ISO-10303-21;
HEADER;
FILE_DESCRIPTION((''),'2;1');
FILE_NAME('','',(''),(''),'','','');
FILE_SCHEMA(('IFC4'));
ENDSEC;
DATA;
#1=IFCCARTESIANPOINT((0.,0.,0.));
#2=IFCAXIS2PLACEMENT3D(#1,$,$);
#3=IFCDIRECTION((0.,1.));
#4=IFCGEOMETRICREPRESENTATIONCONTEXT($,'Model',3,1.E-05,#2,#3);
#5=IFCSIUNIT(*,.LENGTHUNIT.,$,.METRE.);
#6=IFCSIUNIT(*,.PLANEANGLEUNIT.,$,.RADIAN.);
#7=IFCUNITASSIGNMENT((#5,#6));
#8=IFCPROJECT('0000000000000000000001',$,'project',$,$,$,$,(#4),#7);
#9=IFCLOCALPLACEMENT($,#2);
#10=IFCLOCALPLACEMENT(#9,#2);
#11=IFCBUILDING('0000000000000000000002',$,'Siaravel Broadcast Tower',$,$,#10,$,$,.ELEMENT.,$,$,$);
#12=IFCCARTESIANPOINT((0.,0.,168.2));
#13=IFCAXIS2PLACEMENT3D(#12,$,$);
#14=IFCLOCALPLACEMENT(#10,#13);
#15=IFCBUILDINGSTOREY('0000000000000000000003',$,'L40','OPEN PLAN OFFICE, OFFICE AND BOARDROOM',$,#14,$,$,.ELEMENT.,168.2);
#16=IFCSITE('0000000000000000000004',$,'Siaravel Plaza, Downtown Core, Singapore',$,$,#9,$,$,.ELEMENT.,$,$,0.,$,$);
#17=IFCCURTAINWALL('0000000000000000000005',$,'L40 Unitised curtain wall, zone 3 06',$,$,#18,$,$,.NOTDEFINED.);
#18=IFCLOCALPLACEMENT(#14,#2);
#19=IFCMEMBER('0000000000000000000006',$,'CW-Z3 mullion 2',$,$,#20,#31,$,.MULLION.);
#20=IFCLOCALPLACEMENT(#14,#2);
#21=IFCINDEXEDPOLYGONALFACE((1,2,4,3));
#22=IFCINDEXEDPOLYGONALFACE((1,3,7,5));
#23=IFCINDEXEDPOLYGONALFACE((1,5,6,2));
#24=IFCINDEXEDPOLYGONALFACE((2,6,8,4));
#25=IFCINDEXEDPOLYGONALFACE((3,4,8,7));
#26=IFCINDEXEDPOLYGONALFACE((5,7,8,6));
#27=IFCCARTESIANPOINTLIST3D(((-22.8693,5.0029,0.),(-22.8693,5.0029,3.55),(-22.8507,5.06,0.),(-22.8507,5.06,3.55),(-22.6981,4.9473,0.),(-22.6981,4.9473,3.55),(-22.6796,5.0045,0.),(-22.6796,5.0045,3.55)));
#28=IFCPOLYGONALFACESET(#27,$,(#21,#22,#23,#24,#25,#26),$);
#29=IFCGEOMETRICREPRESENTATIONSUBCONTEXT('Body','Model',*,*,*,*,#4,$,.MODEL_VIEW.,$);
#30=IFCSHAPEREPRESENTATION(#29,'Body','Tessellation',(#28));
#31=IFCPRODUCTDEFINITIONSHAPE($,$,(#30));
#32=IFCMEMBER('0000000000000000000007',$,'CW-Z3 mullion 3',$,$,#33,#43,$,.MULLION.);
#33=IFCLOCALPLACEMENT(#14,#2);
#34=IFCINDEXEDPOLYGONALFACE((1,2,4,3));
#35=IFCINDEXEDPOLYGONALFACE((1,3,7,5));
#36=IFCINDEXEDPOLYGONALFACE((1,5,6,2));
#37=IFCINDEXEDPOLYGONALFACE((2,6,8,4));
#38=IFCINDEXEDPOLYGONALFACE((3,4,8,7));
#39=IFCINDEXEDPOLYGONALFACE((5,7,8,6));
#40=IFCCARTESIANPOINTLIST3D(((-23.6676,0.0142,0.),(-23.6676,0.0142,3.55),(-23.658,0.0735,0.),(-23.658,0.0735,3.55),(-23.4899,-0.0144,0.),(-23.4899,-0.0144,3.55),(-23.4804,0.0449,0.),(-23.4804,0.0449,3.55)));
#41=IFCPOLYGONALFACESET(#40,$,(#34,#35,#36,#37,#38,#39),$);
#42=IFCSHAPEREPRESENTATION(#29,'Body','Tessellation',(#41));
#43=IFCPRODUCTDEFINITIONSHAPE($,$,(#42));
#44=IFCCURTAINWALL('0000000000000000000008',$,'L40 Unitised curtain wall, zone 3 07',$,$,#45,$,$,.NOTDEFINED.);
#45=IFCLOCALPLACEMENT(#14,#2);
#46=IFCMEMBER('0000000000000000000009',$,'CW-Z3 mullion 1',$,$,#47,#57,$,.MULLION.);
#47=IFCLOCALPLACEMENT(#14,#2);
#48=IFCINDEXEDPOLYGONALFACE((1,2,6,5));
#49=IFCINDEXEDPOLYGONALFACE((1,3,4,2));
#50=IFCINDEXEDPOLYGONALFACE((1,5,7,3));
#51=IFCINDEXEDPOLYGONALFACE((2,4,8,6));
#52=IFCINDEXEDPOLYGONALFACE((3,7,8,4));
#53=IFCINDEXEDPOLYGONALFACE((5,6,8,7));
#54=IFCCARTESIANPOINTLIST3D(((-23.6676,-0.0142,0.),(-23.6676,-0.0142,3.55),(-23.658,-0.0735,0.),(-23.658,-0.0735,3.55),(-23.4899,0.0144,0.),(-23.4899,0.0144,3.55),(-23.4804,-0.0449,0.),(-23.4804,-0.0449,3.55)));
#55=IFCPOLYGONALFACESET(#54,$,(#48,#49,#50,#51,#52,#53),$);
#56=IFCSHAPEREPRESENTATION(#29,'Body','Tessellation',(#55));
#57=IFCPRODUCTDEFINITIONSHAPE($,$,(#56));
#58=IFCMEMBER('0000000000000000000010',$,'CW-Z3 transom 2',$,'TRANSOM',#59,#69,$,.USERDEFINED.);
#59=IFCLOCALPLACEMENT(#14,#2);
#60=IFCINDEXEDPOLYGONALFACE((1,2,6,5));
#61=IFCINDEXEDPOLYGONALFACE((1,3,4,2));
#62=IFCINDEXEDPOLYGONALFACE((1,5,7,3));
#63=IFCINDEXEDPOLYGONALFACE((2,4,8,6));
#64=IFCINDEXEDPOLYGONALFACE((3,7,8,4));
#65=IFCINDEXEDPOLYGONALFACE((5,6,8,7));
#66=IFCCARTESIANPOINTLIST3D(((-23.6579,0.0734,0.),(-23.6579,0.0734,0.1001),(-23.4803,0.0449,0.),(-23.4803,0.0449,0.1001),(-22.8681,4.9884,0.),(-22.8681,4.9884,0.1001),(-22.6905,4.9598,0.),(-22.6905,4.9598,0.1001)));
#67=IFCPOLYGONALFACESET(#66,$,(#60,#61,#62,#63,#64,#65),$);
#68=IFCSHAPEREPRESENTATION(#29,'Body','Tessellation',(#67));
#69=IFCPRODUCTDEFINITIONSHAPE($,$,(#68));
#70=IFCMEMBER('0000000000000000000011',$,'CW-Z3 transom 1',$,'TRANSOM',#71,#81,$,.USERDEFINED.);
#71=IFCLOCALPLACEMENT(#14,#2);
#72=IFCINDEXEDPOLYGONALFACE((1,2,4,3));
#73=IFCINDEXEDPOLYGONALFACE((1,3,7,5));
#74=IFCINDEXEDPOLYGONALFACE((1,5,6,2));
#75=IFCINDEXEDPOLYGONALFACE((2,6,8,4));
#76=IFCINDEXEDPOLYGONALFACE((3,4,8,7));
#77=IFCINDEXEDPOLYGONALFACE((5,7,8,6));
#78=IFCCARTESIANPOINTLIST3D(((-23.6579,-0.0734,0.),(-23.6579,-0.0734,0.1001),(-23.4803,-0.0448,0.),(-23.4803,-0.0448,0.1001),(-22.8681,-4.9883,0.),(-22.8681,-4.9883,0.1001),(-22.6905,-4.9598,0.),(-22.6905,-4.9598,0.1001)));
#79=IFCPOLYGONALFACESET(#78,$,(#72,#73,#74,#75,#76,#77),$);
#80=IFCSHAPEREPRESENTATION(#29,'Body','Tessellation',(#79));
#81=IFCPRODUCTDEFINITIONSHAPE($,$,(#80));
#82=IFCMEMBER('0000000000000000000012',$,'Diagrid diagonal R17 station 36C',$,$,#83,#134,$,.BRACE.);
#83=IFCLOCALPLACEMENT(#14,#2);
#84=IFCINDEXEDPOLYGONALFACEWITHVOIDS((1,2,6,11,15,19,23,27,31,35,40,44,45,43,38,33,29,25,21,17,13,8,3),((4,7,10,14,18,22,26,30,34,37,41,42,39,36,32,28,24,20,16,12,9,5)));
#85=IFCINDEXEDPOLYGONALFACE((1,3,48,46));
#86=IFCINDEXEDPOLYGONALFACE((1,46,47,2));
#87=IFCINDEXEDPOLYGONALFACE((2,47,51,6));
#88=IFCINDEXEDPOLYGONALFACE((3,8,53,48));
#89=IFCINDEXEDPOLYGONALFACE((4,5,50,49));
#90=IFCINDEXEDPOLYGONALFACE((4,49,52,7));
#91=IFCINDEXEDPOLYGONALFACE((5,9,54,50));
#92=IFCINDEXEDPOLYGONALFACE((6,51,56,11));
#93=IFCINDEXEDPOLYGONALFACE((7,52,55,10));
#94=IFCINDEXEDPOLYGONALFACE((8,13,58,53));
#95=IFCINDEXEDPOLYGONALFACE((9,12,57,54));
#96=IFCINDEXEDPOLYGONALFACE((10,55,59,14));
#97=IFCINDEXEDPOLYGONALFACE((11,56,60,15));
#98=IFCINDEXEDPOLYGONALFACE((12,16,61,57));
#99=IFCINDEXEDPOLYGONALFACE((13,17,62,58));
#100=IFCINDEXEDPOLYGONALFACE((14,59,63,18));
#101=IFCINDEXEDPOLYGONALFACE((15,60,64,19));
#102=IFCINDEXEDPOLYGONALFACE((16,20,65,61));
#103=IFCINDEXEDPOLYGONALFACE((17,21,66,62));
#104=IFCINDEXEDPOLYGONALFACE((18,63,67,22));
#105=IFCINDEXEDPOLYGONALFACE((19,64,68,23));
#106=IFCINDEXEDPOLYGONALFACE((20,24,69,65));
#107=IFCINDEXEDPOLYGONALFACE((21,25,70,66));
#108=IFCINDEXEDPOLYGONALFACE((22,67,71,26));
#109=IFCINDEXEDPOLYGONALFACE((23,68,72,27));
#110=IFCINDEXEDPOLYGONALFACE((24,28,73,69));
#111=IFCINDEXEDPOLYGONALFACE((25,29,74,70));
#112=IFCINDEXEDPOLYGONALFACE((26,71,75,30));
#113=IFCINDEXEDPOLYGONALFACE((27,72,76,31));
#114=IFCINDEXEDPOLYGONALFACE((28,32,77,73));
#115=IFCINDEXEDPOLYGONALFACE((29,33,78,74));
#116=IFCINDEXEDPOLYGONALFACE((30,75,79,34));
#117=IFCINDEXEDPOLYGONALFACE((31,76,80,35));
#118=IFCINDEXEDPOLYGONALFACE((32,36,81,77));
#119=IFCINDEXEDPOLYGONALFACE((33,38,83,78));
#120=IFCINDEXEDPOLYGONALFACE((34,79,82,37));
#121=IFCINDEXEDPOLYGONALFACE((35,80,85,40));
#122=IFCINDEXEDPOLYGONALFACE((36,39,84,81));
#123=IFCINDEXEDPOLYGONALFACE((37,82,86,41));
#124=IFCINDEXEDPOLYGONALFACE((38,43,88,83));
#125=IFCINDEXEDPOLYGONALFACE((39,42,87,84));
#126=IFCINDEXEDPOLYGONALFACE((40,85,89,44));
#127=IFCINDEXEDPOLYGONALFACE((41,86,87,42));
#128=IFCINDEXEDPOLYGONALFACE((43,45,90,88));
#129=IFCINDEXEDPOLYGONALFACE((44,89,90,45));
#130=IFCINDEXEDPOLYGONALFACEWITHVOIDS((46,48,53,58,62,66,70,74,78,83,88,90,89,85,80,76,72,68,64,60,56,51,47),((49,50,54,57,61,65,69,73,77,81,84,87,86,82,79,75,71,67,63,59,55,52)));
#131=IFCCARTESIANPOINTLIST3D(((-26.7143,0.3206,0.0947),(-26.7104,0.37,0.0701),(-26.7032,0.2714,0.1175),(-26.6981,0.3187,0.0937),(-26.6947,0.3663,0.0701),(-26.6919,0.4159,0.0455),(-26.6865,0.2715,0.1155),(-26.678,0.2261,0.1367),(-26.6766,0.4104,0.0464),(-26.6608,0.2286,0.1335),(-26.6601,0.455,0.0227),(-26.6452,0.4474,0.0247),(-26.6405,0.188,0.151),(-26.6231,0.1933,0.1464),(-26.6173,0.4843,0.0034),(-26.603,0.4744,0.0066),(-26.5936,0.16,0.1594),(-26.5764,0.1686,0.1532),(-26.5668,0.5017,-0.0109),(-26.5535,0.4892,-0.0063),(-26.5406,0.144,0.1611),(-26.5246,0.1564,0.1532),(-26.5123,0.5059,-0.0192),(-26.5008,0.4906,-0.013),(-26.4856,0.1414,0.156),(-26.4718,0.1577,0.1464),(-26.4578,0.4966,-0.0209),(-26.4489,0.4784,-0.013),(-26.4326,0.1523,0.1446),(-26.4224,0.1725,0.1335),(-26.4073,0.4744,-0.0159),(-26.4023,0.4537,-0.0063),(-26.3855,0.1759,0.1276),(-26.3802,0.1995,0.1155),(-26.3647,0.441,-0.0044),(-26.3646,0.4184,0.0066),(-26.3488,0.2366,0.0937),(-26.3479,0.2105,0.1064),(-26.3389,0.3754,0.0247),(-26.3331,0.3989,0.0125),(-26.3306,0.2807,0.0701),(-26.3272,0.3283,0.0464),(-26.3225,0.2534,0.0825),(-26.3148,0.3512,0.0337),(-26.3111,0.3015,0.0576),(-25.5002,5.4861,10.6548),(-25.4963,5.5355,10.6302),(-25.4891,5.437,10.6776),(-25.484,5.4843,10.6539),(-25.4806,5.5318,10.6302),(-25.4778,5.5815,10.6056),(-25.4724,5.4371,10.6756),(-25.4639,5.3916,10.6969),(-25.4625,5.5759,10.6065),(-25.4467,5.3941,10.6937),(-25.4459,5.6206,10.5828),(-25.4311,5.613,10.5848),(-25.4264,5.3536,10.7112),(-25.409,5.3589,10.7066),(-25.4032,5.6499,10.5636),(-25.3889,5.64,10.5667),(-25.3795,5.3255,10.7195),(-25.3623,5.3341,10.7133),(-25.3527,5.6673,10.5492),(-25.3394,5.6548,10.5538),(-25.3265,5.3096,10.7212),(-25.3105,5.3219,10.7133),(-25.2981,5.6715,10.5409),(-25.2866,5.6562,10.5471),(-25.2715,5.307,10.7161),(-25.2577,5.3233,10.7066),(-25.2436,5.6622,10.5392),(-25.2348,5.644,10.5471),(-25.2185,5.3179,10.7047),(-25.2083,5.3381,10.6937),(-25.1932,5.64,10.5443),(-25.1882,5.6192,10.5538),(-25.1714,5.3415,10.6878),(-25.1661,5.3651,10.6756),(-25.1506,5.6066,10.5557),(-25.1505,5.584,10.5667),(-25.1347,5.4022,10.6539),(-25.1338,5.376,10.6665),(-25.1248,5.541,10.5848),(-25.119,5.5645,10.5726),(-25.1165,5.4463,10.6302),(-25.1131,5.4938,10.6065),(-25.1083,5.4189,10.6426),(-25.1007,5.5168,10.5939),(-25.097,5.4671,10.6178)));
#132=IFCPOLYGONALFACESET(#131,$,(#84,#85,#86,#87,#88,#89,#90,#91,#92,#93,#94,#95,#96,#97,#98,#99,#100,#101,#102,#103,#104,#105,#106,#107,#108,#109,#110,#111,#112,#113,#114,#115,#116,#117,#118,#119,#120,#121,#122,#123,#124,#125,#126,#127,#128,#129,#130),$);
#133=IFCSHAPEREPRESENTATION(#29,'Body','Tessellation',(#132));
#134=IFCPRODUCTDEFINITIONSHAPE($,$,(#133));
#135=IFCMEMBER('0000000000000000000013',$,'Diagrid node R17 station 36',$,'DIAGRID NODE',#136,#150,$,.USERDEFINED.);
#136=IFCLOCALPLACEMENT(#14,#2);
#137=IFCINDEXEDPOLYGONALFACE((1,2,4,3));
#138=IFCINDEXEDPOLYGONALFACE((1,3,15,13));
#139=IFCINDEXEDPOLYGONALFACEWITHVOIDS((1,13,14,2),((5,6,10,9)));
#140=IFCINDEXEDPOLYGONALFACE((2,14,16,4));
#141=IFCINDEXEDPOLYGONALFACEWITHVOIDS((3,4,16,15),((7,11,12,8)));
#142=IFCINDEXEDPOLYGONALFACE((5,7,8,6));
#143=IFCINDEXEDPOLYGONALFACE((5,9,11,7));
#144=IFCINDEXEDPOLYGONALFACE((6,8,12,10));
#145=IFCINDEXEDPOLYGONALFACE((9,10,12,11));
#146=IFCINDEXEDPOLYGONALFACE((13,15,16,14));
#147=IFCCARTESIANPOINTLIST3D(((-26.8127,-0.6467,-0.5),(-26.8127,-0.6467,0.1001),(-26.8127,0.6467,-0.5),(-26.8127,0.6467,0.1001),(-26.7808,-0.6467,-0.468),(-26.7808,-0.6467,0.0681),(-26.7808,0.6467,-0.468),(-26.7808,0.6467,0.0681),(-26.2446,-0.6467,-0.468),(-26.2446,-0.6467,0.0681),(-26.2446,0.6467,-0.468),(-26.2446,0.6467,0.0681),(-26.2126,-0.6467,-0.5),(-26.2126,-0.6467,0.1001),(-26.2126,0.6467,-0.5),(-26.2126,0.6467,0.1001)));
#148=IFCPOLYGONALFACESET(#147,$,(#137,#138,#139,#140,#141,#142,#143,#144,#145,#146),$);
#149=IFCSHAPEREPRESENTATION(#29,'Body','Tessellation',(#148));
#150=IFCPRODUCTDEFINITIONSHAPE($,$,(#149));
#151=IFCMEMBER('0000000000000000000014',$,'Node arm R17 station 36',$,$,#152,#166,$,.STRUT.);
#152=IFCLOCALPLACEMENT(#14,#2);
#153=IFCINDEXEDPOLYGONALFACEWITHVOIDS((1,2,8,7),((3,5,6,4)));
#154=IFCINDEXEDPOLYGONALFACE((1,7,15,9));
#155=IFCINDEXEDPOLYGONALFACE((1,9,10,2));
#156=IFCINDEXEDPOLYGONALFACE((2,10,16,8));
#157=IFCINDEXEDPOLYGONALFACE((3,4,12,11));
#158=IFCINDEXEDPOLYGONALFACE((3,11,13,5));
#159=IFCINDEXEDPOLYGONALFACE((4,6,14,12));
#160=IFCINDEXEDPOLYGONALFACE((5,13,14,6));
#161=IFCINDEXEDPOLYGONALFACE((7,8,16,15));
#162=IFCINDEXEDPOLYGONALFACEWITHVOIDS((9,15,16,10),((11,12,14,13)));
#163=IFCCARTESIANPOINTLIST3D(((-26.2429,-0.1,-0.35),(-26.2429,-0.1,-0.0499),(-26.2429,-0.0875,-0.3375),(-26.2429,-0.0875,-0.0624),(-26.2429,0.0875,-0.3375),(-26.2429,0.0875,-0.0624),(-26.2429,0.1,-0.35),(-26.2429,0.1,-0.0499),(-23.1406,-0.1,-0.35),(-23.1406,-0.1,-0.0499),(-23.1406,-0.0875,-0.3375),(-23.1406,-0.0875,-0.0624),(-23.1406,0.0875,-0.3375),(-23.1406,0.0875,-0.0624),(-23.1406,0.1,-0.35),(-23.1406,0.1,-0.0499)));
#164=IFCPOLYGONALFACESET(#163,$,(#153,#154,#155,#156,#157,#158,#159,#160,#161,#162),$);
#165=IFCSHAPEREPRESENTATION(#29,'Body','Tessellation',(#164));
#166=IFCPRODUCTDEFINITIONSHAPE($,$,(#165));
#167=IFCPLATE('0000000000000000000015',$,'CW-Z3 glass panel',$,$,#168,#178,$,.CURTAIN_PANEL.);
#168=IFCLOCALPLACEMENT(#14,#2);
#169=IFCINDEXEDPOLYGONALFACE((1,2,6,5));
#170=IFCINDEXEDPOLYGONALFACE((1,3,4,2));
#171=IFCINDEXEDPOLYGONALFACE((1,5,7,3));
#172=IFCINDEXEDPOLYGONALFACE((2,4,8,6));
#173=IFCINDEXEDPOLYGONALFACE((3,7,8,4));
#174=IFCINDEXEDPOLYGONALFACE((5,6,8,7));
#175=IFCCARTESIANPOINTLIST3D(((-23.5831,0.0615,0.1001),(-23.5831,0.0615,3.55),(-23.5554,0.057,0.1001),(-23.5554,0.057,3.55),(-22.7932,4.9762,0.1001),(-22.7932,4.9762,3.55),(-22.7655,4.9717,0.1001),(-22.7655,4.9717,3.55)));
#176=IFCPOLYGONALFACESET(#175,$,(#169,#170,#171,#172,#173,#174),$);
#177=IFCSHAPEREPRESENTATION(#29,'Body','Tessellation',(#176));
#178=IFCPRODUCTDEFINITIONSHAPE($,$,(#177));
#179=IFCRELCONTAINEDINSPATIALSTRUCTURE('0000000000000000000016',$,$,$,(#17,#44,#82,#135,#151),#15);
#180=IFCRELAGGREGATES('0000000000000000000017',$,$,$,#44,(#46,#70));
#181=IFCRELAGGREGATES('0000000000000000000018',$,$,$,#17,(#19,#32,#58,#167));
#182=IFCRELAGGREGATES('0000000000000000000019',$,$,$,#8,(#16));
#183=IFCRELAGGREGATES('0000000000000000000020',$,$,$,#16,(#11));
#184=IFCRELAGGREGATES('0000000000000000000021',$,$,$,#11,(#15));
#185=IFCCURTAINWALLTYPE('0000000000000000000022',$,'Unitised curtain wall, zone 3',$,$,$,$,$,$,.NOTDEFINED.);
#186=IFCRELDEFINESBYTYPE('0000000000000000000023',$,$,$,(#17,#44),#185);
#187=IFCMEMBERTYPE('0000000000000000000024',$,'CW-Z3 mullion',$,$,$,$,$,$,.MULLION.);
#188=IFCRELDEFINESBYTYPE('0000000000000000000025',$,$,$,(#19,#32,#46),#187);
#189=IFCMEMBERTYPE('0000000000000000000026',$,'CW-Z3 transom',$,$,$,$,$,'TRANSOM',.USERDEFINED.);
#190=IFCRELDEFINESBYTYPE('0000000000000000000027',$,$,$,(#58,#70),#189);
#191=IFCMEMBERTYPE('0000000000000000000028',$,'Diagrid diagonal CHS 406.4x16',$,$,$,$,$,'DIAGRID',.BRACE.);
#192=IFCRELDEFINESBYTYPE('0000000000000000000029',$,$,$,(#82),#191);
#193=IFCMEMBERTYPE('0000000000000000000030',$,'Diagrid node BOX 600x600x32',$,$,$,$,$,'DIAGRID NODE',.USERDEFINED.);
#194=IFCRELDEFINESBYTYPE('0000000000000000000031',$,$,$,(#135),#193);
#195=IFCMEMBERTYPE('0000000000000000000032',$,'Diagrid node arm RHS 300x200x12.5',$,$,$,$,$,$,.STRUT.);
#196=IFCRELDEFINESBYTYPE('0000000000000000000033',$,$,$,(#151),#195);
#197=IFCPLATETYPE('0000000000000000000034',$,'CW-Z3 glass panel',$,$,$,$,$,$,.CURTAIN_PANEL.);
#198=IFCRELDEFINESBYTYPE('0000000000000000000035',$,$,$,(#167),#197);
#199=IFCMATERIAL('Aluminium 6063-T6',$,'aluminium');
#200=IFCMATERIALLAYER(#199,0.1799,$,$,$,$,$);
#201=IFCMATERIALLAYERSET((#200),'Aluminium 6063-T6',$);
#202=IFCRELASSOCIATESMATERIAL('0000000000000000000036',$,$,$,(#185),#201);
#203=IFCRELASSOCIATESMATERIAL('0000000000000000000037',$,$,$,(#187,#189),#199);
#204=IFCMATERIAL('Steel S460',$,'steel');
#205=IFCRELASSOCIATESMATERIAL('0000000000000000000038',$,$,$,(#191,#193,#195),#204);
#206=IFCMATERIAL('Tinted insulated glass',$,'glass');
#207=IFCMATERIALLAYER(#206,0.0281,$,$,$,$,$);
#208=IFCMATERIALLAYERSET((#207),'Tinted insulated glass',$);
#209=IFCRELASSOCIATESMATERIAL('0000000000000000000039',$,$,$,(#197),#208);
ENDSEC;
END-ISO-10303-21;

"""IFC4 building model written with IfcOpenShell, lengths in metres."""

from ifc_helpers import new_model, si_unit, direction, frame, origin, origin_2d, place, context, subcontext, project, spatial, rectangle, hollow_rectangle, hollow_circle, extrude, material, layer, layer_set, material_profile, profile_set, type_object, element, aggregate, save


model = new_model("IFC4")

# Units and contexts
model_context = context("Model", 3, precision=1e-05, world=origin(), true_north=direction((0.0, 1.0)))
body_context = subcontext(model_context, "Body", "Model", "MODEL_VIEW")
ifc_project = project(units=[si_unit("LENGTHUNIT", "METRE"), si_unit("PLANEANGLEUNIT", "RADIAN")], contexts=[model_context])

# Site, building, storey
site_placement = place(None, origin())
site = spatial("IfcSite", under=ifc_project, at=site_placement, Name="Siaravel Plaza, Downtown Core, Singapore", CompositionType="ELEMENT", RefElevation=0.0)
building_placement = place(site_placement, origin())
building = spatial("IfcBuilding", under=site, at=building_placement, Name="Siaravel Broadcast Tower", CompositionType="ELEMENT")
storey_placement = place(building_placement, frame((0.0, 0.0, 168.2)))
storey = spatial("IfcBuildingStorey", under=building, at=storey_placement, Name="L40", Description="OPEN PLAN OFFICE, OFFICE AND BOARDROOM", CompositionType="ELEMENT", Elevation=168.2)

# Curtain wall, members
ifc_material_1 = material(Name="Aluminium 6063-T6", Category="aluminium")
ifc_layer_1 = layer(ifc_material_1, 0.1799)
ifc_layer_set_1 = layer_set([ifc_layer_1], Name="Aluminium 6063-T6")
curtain_wall_type = type_object("IfcCurtainWallType", Name="Unitised curtain wall, zone 3", PredefinedType="NOTDEFINED", material=ifc_layer_set_1)
curtain_wall_1_placement = place(storey_placement, origin())
curtain_wall_1 = element("IfcCurtainWall", 1, at=curtain_wall_1_placement, inside=storey, type_object=curtain_wall_type, Name="L40 Unitised curtain wall, zone 3 06", PredefinedType="NOTDEFINED")
ifc_material_profile_1 = material_profile(ifc_material_1, rectangle(XDim=0.1799, YDim=0.0601, at=origin_2d()))
ifc_profile_set_1 = profile_set([ifc_material_profile_1], Name="Aluminium 6063-T6")
member_type_1 = type_object("IfcMemberType", Name="CW-Z3 mullion", PredefinedType="MULLION", material=ifc_profile_set_1)
member_1_placement = place(storey_placement, frame((-22.7744, 5.0037, 0.0), z_axis=(0.0, 0.0, 1.0), x_axis=(0.951177, -0.308646, 0.0)))
member_1 = element("IfcMember", 2, at=member_1_placement, type_object=member_type_1, Name="CW-Z3 mullion 2", PredefinedType="MULLION", context=body_context, shape_type="SweptSolid", body=[
    extrude(rectangle(XDim=0.1799, YDim=0.0601, at=origin_2d()), origin(), (0.0, 0.0, 1.0), 3.55),
])
member_2_placement = place(storey_placement, frame((-23.574, 0.0295, 0.0), z_axis=(0.0, 0.0, 1.0), x_axis=(0.987329, -0.158686, 0.0)))
member_2 = element("IfcMember", 3, at=member_2_placement, type_object=member_type_1, Name="CW-Z3 mullion 3", PredefinedType="MULLION", context=body_context, shape_type="SweptSolid", body=[
    extrude(rectangle(XDim=0.1799, YDim=0.0601, at=origin_2d()), origin(), (0.0, 0.0, 1.0), 3.55),
])

# Curtain wall, member
curtain_wall_2_placement = place(storey_placement, origin())
curtain_wall_2 = element("IfcCurtainWall", 4, at=curtain_wall_2_placement, inside=storey, type_object=curtain_wall_type, Name="L40 Unitised curtain wall, zone 3 07", PredefinedType="NOTDEFINED")
member_3_placement = place(storey_placement, frame((-23.574, -0.0295, 0.0), z_axis=(0.0, 0.0, 1.0), x_axis=(0.987329, 0.158686, 0.0)))
member_3 = element("IfcMember", 5, at=member_3_placement, type_object=member_type_1, Name="CW-Z3 mullion 1", PredefinedType="MULLION", context=body_context, shape_type="SweptSolid", body=[
    extrude(rectangle(XDim=0.1799, YDim=0.0601, at=origin_2d()), origin(), (0.0, 0.0, 1.0), 3.55),
])

# Members
ifc_material_profile_2 = material_profile(ifc_material_1, rectangle(XDim=0.1799, YDim=0.1001, at=origin_2d()))
ifc_profile_set_2 = profile_set([ifc_material_profile_2], Name="Aluminium 6063-T6")
member_type_2 = type_object("IfcMemberType", Name="CW-Z3 transom", ElementType="TRANSOM", PredefinedType="USERDEFINED", material=ifc_profile_set_2)
member_4_placement = place(storey_placement, frame((-22.7793, 4.9741, 0.05), z_axis=(-0.158654, -0.987334, 0.0), x_axis=(0.987334, -0.158654, 0.0)))
member_4 = element("IfcMember", 6, at=member_4_placement, type_object=member_type_2, Name="CW-Z3 transom 2", ObjectType="TRANSOM", PredefinedType="USERDEFINED", context=body_context, shape_type="SweptSolid", body=[
    extrude(rectangle(XDim=0.1799, YDim=0.1001, at=origin_2d()), origin(), (0.0, 0.0, 1.0), 4.978),
])
member_5_placement = place(storey_placement, frame((-23.5691, -0.0591, 0.05), z_axis=(0.158654, -0.987334, 0.0), x_axis=(0.987334, 0.158654, 0.0)))
member_5 = element("IfcMember", 7, at=member_5_placement, type_object=member_type_2, Name="CW-Z3 transom 1", ObjectType="TRANSOM", PredefinedType="USERDEFINED", context=body_context, shape_type="SweptSolid", body=[
    extrude(rectangle(XDim=0.1799, YDim=0.1001, at=origin_2d()), origin(), (0.0, 0.0, 1.0), 4.978),
])
aggregate(curtain_wall_2, [member_3, member_5])

# Members
ifc_material_2 = material(Name="Steel S460", Category="steel")
ifc_material_profile_3 = material_profile(ifc_material_2, hollow_circle(Radius=0.2031, WallThickness=0.0161, at=origin_2d()))
ifc_profile_set_3 = profile_set([ifc_material_profile_3], Name="Steel S460")
member_type_3 = type_object("IfcMemberType", Name="Diagrid diagonal CHS 406.4x16", ElementType="DIAGRID", PredefinedType="BRACE", material=ifc_profile_set_3)
member_6_placement = place(storey_placement, frame((-26.5127, 0.3235, 0.0701), z_axis=(0.102732, 0.43708, 0.893537), x_axis=(-0.973472, 0.228806, 0.0)))
element("IfcMember", 8, at=member_6_placement, inside=storey, type_object=member_type_3, Name="Diagrid diagonal R17 station 36C", PredefinedType="BRACE", context=body_context, shape_type="SweptSolid", body=[
    extrude(hollow_circle(Radius=0.2031, WallThickness=0.0161, at=origin_2d()), origin(), (0.0, 0.0, 1.0), 11.8184),
])
ifc_material_profile_4 = material_profile(ifc_material_2, hollow_rectangle(XDim=0.6001, YDim=0.6001, WallThickness=0.032, at=origin_2d()))
ifc_profile_set_4 = profile_set([ifc_material_profile_4], Name="Steel S460")
member_type_4 = type_object("IfcMemberType", Name="Diagrid node BOX 600x600x32", ElementType="DIAGRID NODE", PredefinedType="USERDEFINED", material=ifc_profile_set_4)
member_7_placement = place(storey_placement, frame((-26.5127, 0.6467, -0.2), z_axis=(0.0, -1.0, 0.0), x_axis=(1.0, 0.0, 0.0)))
element("IfcMember", 9, at=member_7_placement, inside=storey, type_object=member_type_4, Name="Diagrid node R17 station 36", ObjectType="DIAGRID NODE", PredefinedType="USERDEFINED", context=body_context, shape_type="SweptSolid", body=[
    extrude(hollow_rectangle(XDim=0.6001, YDim=0.6001, WallThickness=0.032, at=origin_2d()), origin(), (0.0, 0.0, 1.0), 1.2935),
])
ifc_material_profile_5 = material_profile(ifc_material_2, hollow_rectangle(XDim=0.2, YDim=0.3, WallThickness=0.0125, at=origin_2d()))
ifc_profile_set_5 = profile_set([ifc_material_profile_5], Name="Steel S460")
member_type_5 = type_object("IfcMemberType", Name="Diagrid node arm RHS 300x200x12.5", PredefinedType="STRUT", material=ifc_profile_set_5)
member_8_placement = place(storey_placement, frame((-23.1406, 0.0, -0.2), z_axis=(-1.0, 0.0, 0.0), x_axis=(0.0, -1.0, 0.0)))
element("IfcMember", 10, at=member_8_placement, inside=storey, type_object=member_type_5, Name="Node arm R17 station 36", PredefinedType="STRUT", context=body_context, shape_type="SweptSolid", body=[
    extrude(hollow_rectangle(XDim=0.2, YDim=0.3, WallThickness=0.0125, at=origin_2d()), origin(), (0.0, 0.0, 1.0), 3.1023),
])

# Plate
ifc_material_3 = material(Name="Tinted insulated glass", Category="glass")
ifc_layer_2 = layer(ifc_material_3, 0.0281)
ifc_layer_set_2 = layer_set([ifc_layer_2], Name="Tinted insulated glass")
plate_type = type_object("IfcPlateType", Name="CW-Z3 glass panel", PredefinedType="CURTAIN_PANEL", material=ifc_layer_set_2)
plate_placement = place(storey_placement, frame((-23.1743, 2.5166, 0.1001), z_axis=(0.0, 0.0, 1.0), x_axis=(-0.158686, -0.987329, 0.0)))
plate = element("IfcPlate", 11, at=plate_placement, type_object=plate_type, Name="CW-Z3 glass panel", PredefinedType="CURTAIN_PANEL", context=body_context, shape_type="SweptSolid", body=[
    extrude(rectangle(XDim=4.9778, YDim=0.0281, at=origin_2d()), origin(), (0.0, 0.0, 1.0), 3.45),
])
aggregate(curtain_wall_1, [member_1, member_2, member_4, plate])

save(model, "model.ifc")
